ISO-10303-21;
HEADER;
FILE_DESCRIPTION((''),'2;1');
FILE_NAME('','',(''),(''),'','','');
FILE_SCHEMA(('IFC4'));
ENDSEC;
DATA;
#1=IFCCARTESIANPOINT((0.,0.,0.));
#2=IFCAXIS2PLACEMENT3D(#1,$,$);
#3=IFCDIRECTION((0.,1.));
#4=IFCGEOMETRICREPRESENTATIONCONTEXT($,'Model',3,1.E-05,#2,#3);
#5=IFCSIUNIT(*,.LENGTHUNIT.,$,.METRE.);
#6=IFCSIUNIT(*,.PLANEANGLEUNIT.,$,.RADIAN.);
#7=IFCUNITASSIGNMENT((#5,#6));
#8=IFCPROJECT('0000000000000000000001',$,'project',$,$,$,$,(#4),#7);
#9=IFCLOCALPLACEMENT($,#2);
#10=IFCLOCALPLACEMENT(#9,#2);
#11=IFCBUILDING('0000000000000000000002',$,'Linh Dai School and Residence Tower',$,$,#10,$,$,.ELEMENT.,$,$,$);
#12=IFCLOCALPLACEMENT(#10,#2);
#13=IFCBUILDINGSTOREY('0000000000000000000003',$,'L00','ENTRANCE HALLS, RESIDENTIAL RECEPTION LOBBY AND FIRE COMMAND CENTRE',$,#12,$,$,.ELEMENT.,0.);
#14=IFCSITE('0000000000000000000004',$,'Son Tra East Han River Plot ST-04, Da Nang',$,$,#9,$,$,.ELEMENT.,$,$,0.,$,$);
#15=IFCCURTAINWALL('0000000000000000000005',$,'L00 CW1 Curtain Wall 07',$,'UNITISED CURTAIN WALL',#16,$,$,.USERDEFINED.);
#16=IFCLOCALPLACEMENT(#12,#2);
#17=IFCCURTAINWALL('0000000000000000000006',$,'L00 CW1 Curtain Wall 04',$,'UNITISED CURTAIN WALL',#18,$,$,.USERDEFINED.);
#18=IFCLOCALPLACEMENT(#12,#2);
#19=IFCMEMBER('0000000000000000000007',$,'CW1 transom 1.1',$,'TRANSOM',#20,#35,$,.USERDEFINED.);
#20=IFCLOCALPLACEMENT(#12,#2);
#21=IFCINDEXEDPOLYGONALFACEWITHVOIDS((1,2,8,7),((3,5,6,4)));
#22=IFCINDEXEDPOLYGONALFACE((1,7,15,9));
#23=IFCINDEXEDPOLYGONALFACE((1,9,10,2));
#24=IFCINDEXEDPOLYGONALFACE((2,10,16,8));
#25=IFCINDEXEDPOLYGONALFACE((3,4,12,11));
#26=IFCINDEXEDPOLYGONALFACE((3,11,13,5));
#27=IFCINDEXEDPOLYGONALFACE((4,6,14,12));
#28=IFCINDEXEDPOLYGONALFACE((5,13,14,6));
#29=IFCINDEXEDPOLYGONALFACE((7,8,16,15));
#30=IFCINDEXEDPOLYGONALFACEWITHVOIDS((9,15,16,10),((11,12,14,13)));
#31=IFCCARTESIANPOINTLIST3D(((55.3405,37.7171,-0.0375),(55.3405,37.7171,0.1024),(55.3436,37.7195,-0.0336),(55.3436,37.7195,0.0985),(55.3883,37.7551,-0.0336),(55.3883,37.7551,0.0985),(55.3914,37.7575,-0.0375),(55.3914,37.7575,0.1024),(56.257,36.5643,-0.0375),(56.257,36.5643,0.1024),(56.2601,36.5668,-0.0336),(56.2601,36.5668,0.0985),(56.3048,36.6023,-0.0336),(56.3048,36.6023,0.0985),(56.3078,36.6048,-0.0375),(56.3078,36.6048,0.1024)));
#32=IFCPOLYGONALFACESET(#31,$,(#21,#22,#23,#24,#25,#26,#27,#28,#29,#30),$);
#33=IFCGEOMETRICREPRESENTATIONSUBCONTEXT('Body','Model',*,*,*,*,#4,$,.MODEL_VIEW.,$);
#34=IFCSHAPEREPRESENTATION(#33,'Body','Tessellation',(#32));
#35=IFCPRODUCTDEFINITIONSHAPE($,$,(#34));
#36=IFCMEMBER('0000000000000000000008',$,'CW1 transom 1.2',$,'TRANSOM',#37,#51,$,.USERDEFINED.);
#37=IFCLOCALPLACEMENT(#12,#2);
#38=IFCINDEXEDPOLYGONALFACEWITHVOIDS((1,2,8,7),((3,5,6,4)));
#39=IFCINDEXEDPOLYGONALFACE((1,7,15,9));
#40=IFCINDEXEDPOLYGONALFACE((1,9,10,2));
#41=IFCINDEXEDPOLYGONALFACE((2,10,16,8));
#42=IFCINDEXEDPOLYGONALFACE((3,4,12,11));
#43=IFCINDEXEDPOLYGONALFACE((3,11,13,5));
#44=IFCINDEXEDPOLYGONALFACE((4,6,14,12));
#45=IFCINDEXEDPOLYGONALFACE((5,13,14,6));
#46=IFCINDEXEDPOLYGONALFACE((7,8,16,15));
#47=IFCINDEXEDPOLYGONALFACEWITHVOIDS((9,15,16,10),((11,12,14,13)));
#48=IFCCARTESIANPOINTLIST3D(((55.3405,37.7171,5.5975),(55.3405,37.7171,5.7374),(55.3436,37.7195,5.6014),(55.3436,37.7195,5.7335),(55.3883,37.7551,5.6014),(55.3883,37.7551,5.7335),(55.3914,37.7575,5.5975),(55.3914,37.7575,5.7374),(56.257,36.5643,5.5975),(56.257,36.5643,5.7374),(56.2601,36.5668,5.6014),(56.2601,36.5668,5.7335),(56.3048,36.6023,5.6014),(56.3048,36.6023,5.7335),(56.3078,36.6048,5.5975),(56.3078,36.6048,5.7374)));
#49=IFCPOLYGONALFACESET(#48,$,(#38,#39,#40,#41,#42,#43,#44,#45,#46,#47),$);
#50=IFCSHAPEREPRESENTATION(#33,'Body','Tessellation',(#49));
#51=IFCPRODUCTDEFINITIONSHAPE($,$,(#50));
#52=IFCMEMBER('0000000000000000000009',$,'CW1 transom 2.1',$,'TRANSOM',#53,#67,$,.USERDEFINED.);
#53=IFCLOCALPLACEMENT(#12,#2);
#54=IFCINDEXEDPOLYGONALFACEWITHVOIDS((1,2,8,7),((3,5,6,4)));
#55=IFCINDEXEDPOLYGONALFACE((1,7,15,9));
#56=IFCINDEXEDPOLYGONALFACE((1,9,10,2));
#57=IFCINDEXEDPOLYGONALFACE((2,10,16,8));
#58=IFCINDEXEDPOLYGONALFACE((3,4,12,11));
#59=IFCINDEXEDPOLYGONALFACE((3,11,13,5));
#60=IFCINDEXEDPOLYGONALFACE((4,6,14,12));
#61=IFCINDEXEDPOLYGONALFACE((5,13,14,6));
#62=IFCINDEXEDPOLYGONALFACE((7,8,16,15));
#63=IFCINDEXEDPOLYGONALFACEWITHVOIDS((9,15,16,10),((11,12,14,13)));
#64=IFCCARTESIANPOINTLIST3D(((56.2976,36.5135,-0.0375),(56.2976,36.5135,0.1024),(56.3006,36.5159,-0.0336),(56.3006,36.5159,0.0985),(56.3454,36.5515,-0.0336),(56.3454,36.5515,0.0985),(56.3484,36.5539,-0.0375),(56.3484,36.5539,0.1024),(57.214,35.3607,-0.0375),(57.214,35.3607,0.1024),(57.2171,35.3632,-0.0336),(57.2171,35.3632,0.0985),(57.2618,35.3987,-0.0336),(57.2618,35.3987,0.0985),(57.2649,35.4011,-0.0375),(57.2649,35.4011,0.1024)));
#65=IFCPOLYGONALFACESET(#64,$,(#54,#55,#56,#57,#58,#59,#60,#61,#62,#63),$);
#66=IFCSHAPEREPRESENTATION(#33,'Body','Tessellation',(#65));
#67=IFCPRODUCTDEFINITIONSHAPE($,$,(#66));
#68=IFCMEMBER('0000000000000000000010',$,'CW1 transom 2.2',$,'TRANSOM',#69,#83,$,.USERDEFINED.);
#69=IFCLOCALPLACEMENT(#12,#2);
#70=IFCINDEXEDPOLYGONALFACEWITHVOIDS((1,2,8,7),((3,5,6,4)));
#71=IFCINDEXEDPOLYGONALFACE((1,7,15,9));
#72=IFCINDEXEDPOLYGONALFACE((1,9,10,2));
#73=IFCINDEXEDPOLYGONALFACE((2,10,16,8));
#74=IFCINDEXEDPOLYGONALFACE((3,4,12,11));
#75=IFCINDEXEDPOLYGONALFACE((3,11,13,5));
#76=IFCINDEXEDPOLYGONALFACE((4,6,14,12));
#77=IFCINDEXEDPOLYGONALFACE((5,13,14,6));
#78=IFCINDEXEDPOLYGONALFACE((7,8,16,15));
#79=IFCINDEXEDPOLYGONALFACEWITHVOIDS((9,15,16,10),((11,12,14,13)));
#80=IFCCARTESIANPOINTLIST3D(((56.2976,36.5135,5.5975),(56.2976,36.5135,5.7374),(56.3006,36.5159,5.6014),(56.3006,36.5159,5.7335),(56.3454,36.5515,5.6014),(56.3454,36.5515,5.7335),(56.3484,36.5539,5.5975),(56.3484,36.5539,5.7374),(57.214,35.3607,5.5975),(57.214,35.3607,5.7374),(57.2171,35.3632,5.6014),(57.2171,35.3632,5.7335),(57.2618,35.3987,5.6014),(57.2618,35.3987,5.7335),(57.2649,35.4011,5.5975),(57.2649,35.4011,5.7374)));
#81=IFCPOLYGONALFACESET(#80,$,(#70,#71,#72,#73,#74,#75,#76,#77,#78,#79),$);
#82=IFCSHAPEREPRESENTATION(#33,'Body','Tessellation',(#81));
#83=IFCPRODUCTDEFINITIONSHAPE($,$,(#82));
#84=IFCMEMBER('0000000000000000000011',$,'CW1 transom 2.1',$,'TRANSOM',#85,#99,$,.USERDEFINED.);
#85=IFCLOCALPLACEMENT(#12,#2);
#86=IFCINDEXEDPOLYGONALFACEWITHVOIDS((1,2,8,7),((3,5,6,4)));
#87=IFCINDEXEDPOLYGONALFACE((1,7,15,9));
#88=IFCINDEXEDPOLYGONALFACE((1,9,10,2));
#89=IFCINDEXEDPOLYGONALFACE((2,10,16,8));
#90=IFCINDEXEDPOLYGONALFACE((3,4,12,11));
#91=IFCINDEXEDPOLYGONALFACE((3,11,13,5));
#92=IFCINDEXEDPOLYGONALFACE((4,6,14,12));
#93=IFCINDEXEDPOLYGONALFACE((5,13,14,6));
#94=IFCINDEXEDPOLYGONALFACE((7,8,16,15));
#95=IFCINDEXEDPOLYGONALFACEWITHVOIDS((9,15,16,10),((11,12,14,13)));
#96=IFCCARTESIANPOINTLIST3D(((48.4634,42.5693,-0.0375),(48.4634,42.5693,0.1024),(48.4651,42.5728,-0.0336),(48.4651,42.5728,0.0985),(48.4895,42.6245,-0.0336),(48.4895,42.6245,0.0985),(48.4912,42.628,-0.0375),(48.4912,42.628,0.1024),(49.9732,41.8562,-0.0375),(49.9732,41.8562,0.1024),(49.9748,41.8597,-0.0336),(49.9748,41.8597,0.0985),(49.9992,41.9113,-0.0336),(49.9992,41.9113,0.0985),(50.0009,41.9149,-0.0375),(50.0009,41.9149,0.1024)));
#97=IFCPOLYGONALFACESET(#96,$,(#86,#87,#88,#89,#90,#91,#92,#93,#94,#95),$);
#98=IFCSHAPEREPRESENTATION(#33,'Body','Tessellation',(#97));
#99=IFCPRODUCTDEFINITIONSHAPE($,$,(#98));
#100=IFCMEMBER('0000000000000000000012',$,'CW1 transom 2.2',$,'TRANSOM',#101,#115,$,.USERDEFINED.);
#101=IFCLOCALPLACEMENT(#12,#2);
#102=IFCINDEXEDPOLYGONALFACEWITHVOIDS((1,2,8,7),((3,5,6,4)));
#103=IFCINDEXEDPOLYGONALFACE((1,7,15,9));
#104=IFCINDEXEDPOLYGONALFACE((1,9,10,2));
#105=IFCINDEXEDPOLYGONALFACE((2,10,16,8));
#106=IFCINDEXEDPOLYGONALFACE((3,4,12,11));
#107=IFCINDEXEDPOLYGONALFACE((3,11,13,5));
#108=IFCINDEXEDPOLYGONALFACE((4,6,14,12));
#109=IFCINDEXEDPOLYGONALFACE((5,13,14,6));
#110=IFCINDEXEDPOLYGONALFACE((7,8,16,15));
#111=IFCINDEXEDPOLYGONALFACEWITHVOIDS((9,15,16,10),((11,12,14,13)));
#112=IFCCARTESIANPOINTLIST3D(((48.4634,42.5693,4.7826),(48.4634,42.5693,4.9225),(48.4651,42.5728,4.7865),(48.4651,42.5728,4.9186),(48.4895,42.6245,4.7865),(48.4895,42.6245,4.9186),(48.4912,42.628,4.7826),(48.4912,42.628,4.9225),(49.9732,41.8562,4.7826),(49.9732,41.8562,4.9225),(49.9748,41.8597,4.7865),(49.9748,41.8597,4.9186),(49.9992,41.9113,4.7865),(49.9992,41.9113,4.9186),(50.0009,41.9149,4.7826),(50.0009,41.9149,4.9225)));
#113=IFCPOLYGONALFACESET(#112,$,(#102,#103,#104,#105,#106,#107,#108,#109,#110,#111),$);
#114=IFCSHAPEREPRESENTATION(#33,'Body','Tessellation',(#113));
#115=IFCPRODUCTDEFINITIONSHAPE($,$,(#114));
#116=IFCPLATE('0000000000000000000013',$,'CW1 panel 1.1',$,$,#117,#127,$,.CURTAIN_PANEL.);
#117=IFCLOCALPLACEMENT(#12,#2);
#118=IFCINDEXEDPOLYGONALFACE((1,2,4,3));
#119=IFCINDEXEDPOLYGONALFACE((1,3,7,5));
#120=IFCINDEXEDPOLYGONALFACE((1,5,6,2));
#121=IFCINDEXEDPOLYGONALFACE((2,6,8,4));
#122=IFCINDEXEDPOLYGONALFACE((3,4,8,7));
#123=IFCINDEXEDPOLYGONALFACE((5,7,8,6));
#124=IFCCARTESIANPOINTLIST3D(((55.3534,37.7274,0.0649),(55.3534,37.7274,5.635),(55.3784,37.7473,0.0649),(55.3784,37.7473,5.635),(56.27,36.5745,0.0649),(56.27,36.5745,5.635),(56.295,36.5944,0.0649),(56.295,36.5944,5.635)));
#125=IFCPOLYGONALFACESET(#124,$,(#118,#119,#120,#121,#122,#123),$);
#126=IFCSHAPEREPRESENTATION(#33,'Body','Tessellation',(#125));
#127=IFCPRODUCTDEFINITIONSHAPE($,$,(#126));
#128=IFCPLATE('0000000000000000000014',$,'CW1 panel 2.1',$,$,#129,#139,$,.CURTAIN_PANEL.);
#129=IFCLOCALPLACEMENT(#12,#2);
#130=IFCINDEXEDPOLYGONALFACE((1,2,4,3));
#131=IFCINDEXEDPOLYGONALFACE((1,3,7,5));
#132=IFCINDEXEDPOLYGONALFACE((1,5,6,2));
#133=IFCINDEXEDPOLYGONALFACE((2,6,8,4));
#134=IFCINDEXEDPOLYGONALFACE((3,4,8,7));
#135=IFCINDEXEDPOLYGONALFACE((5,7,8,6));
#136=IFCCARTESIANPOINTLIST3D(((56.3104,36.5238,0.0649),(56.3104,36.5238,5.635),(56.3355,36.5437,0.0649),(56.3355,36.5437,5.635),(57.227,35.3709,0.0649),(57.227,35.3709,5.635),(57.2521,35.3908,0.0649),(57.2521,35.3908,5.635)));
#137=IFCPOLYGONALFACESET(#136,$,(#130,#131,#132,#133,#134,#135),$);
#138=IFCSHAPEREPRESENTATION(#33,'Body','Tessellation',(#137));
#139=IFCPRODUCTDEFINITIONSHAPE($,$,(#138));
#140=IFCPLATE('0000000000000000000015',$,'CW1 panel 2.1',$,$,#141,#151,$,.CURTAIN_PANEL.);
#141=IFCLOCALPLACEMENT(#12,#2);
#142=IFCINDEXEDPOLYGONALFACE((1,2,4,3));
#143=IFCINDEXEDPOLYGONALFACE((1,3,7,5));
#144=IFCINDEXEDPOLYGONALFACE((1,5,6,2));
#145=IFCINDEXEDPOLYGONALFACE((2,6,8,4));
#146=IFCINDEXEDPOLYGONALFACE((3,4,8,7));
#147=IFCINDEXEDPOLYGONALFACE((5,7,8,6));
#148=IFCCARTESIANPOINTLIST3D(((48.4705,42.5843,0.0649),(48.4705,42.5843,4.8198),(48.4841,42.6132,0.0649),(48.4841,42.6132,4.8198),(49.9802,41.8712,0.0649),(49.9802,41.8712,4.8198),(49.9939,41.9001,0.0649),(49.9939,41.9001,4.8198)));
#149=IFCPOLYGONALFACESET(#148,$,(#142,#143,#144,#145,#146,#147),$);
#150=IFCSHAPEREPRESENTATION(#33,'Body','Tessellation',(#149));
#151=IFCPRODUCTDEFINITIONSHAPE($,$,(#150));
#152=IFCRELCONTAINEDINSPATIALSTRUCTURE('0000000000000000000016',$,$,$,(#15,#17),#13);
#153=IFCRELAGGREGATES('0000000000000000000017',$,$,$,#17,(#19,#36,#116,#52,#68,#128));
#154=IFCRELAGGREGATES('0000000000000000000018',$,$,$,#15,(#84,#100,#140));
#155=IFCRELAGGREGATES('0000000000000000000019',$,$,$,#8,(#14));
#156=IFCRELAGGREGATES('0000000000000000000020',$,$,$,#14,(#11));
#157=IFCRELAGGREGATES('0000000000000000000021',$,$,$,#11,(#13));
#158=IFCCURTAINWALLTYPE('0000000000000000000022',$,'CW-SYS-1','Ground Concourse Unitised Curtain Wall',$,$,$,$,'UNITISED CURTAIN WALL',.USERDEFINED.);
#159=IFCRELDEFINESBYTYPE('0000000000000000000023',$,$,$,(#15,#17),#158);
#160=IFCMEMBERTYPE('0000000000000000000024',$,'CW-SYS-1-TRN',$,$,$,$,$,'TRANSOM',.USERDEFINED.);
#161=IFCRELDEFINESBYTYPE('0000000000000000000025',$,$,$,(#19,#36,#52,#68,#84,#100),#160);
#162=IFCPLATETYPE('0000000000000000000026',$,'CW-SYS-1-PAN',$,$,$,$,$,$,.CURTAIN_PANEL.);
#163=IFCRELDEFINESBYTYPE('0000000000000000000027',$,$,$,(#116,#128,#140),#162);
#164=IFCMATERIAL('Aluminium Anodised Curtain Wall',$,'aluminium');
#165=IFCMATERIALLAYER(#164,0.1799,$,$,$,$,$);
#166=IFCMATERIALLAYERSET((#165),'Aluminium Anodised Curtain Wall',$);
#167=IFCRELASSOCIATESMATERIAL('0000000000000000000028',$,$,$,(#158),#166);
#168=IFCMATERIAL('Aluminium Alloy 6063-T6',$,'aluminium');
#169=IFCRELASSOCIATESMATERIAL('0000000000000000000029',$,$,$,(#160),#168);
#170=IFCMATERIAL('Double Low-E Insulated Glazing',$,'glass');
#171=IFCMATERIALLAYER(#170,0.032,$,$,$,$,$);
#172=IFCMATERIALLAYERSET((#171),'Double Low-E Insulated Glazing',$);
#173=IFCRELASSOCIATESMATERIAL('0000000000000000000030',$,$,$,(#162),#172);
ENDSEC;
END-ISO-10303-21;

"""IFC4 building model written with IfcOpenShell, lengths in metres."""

from ifc_helpers import new_model, si_unit, direction, frame, origin, origin_2d, place, context, subcontext, project, spatial, rectangle, hollow_rectangle, extrude, source, transform, mapped, material, layer, layer_set, material_profile, profile_set, type_object, element, aggregate, save


model = new_model("IFC4")

# Units and contexts
model_context = context("Model", 3, precision=1e-05, world=origin(), true_north=direction((0.0, 1.0)))
body_context = subcontext(model_context, "Body", "Model", "MODEL_VIEW")
ifc_project = project(units=[si_unit("LENGTHUNIT", "METRE"), si_unit("PLANEANGLEUNIT", "RADIAN")], contexts=[model_context])

# Site, building, storey
site_placement = place(None, origin())
site = spatial("IfcSite", under=ifc_project, at=site_placement, Name="Son Tra East Han River Plot ST-04, Da Nang", CompositionType="ELEMENT", RefElevation=0.0)
building_placement = place(site_placement, origin())
building = spatial("IfcBuilding", under=site, at=building_placement, Name="Linh Dai School and Residence Tower", CompositionType="ELEMENT")
storey_placement = place(building_placement, origin())
storey = spatial("IfcBuildingStorey", under=building, at=storey_placement, Name="L00", Description="ENTRANCE HALLS, RESIDENTIAL RECEPTION LOBBY AND FIRE COMMAND CENTRE", CompositionType="ELEMENT", Elevation=0.0)

# Shared definitions
ifc_material_1 = material(Name="Aluminium Anodised Curtain Wall", Category="aluminium")
ifc_layer_1 = layer(ifc_material_1, 0.1799)
ifc_layer_set_1 = layer_set([ifc_layer_1], Name="Aluminium Anodised Curtain Wall")
curtain_wall_type = type_object("IfcCurtainWallType", Name="CW-SYS-1", Description="Ground Concourse Unitised Curtain Wall", ElementType="UNITISED CURTAIN WALL", PredefinedType="USERDEFINED", material=ifc_layer_set_1)
ifc_material_2 = material(Name="Aluminium Alloy 6063-T6", Category="aluminium")

# Curtain wall
curtain_wall_1_placement = place(storey_placement, origin())
curtain_wall_1 = element("IfcCurtainWall", 1, at=curtain_wall_1_placement, inside=storey, type_object=curtain_wall_type, Name="L00 CW1 Curtain Wall 07", ObjectType="UNITISED CURTAIN WALL", PredefinedType="USERDEFINED")

# Shared definitions
ifc_material_profile_1 = material_profile(ifc_material_2, hollow_rectangle(XDim=0.0649, YDim=0.1399, WallThickness=0.0039, at=origin_2d()), Name="RHS 140x65x4")
ifc_profile_set_1 = profile_set([ifc_material_profile_1], Name="Aluminium Alloy 6063-T6")
member_type_1 = type_object("IfcMemberType", Name="CW-SYS-1-TRN", ElementType="TRANSOM", PredefinedType="USERDEFINED", material=ifc_profile_set_1)

# Curtain wall, members
curtain_wall_2_placement = place(storey_placement, origin())
curtain_wall_2 = element("IfcCurtainWall", 2, at=curtain_wall_2_placement, inside=storey, type_object=curtain_wall_type, Name="L00 CW1 Curtain Wall 04", ObjectType="UNITISED CURTAIN WALL", PredefinedType="USERDEFINED")
shared_shape_1 = source(origin(), body_context, "Body", "SweptSolid", [
    extrude(hollow_rectangle(XDim=0.0649, YDim=0.1399, WallThickness=0.0039, at=origin_2d()), origin(), (0.0, 0.0, 1.0), 1.4727),
])
member_1_placement = place(storey_placement, frame((55.366, 37.7373, 0.0325), z_axis=(0.622307, -0.782774, 0.0), x_axis=(0.782774, 0.622307, 0.0)))
member_1 = element("IfcMember", 3, at=member_1_placement, type_object=member_type_1, Name="CW1 transom 1.1", ObjectType="TRANSOM", PredefinedType="USERDEFINED", context=body_context, shape_type="MappedRepresentation", body=[
    mapped(shared_shape_1, transform((0.0, 0.0, 0.0), x_axis=(1.0, 0.0, 0.0), y_axis=(0.0, 1.0, 0.0), z_axis=(0.0, 0.0, 1.0), scale=1.0)),
])
member_2_placement = place(storey_placement, frame((55.366, 37.7373, 5.6675), z_axis=(0.622307, -0.782774, 0.0), x_axis=(0.782774, 0.622307, 0.0)))
member_2 = element("IfcMember", 4, at=member_2_placement, type_object=member_type_1, Name="CW1 transom 1.2", ObjectType="TRANSOM", PredefinedType="USERDEFINED", context=body_context, shape_type="MappedRepresentation", body=[
    mapped(shared_shape_1, transform((0.0, 0.0, 0.0), x_axis=(1.0, 0.0, 0.0), y_axis=(0.0, 1.0, 0.0), z_axis=(0.0, 0.0, 1.0), scale=1.0)),
])
member_3_placement = place(storey_placement, frame((56.323, 36.5337, 0.0325), z_axis=(0.622307, -0.782774, 0.0), x_axis=(0.782774, 0.622307, 0.0)))
member_3 = element("IfcMember", 5, at=member_3_placement, type_object=member_type_1, Name="CW1 transom 2.1", ObjectType="TRANSOM", PredefinedType="USERDEFINED", context=body_context, shape_type="MappedRepresentation", body=[
    mapped(shared_shape_1, transform((0.0, 0.0, 0.0), x_axis=(1.0, 0.0, 0.0), y_axis=(0.0, 1.0, 0.0), z_axis=(0.0, 0.0, 1.0), scale=1.0)),
])
member_4_placement = place(storey_placement, frame((56.323, 36.5337, 5.6675), z_axis=(0.622307, -0.782774, 0.0), x_axis=(0.782774, 0.622307, 0.0)))
member_4 = element("IfcMember", 6, at=member_4_placement, type_object=member_type_1, Name="CW1 transom 2.2", ObjectType="TRANSOM", PredefinedType="USERDEFINED", context=body_context, shape_type="MappedRepresentation", body=[
    mapped(shared_shape_1, transform((0.0, 0.0, 0.0), x_axis=(1.0, 0.0, 0.0), y_axis=(0.0, 1.0, 0.0), z_axis=(0.0, 0.0, 1.0), scale=1.0)),
])

# Members
shared_shape_2 = source(origin(), body_context, "Body", "SweptSolid", [
    extrude(hollow_rectangle(XDim=0.0649, YDim=0.1399, WallThickness=0.0039, at=origin_2d()), origin(), (0.0, 0.0, 1.0), 1.6697),
])
member_5_placement = place(storey_placement, frame((48.4773, 42.5986, 0.0325), z_axis=(0.904205, -0.427099, 0.0), x_axis=(0.427099, 0.904205, 0.0)))
member_5 = element("IfcMember", 7, at=member_5_placement, type_object=member_type_1, Name="CW1 transom 2.1", ObjectType="TRANSOM", PredefinedType="USERDEFINED", context=body_context, shape_type="MappedRepresentation", body=[
    mapped(shared_shape_2, transform((0.0, 0.0, 0.0), x_axis=(1.0, 0.0, 0.0), y_axis=(0.0, 1.0, 0.0), z_axis=(0.0, 0.0, 1.0), scale=1.0)),
])
member_6_placement = place(storey_placement, frame((48.4773, 42.5986, 4.8525), z_axis=(0.904205, -0.427099, 0.0), x_axis=(0.427099, 0.904205, 0.0)))
member_6 = element("IfcMember", 8, at=member_6_placement, type_object=member_type_1, Name="CW1 transom 2.2", ObjectType="TRANSOM", PredefinedType="USERDEFINED", context=body_context, shape_type="MappedRepresentation", body=[
    mapped(shared_shape_2, transform((0.0, 0.0, 0.0), x_axis=(1.0, 0.0, 0.0), y_axis=(0.0, 1.0, 0.0), z_axis=(0.0, 0.0, 1.0), scale=1.0)),
])

# Plates
ifc_material_3 = material(Name="Double Low-E Insulated Glazing", Category="glass")
ifc_layer_2 = layer(ifc_material_3, 0.032)
ifc_layer_set_2 = layer_set([ifc_layer_2], Name="Double Low-E Insulated Glazing")
plate_type = type_object("IfcPlateType", Name="CW-SYS-1-PAN", PredefinedType="CURTAIN_PANEL", material=ifc_layer_set_2)
shared_shape_3 = source(origin(), body_context, "Body", "SweptSolid", [
    extrude(rectangle(XDim=1.4729, YDim=0.032, at=origin_2d()), origin(), (0.0, 0.0, 1.0), 5.5701),
])
plate_1_placement = place(storey_placement, frame((55.8242, 37.1609, 0.0649), z_axis=(0.0, 0.0, 1.0), x_axis=(0.622308, -0.782773, 0.0)))
plate_1 = element("IfcPlate", 9, at=plate_1_placement, type_object=plate_type, Name="CW1 panel 1.1", PredefinedType="CURTAIN_PANEL", context=body_context, shape_type="MappedRepresentation", body=[
    mapped(shared_shape_3, transform((0.0, 0.0, 0.0), x_axis=(1.0, 0.0, 0.0), y_axis=(0.0, 1.0, 0.0), z_axis=(0.0, 0.0, 1.0), scale=1.0)),
])
plate_2_placement = place(storey_placement, frame((56.7812, 35.9573, 0.0649), z_axis=(0.0, 0.0, 1.0), x_axis=(0.622308, -0.782773, 0.0)))
plate_2 = element("IfcPlate", 10, at=plate_2_placement, type_object=plate_type, Name="CW1 panel 2.1", PredefinedType="CURTAIN_PANEL", context=body_context, shape_type="MappedRepresentation", body=[
    mapped(shared_shape_3, transform((0.0, 0.0, 0.0), x_axis=(1.0, 0.0, 0.0), y_axis=(0.0, 1.0, 0.0), z_axis=(0.0, 0.0, 1.0), scale=1.0)),
])
aggregate(curtain_wall_2, [member_1, member_2, plate_1, member_3, member_4, plate_2])
shared_shape_4 = source(origin(), body_context, "Body", "SweptSolid", [
    extrude(rectangle(XDim=1.6697, YDim=0.032, at=origin_2d()), origin(), (0.0, 0.0, 1.0), 4.7549),
])
plate_3_placement = place(storey_placement, frame((49.2322, 42.2422, 0.0649), z_axis=(0.0, 0.0, 1.0), x_axis=(0.904201, -0.427108, 0.0)))
plate_3 = element("IfcPlate", 11, at=plate_3_placement, type_object=plate_type, Name="CW1 panel 2.1", PredefinedType="CURTAIN_PANEL", context=body_context, shape_type="MappedRepresentation", body=[
    mapped(shared_shape_4, transform((0.0, 0.0, 0.0), x_axis=(1.0, 0.0, 0.0), y_axis=(0.0, 1.0, 0.0), z_axis=(0.0, 0.0, 1.0), scale=1.0)),
])
aggregate(curtain_wall_1, [member_5, member_6, plate_3])

save(model, "model.ifc")
